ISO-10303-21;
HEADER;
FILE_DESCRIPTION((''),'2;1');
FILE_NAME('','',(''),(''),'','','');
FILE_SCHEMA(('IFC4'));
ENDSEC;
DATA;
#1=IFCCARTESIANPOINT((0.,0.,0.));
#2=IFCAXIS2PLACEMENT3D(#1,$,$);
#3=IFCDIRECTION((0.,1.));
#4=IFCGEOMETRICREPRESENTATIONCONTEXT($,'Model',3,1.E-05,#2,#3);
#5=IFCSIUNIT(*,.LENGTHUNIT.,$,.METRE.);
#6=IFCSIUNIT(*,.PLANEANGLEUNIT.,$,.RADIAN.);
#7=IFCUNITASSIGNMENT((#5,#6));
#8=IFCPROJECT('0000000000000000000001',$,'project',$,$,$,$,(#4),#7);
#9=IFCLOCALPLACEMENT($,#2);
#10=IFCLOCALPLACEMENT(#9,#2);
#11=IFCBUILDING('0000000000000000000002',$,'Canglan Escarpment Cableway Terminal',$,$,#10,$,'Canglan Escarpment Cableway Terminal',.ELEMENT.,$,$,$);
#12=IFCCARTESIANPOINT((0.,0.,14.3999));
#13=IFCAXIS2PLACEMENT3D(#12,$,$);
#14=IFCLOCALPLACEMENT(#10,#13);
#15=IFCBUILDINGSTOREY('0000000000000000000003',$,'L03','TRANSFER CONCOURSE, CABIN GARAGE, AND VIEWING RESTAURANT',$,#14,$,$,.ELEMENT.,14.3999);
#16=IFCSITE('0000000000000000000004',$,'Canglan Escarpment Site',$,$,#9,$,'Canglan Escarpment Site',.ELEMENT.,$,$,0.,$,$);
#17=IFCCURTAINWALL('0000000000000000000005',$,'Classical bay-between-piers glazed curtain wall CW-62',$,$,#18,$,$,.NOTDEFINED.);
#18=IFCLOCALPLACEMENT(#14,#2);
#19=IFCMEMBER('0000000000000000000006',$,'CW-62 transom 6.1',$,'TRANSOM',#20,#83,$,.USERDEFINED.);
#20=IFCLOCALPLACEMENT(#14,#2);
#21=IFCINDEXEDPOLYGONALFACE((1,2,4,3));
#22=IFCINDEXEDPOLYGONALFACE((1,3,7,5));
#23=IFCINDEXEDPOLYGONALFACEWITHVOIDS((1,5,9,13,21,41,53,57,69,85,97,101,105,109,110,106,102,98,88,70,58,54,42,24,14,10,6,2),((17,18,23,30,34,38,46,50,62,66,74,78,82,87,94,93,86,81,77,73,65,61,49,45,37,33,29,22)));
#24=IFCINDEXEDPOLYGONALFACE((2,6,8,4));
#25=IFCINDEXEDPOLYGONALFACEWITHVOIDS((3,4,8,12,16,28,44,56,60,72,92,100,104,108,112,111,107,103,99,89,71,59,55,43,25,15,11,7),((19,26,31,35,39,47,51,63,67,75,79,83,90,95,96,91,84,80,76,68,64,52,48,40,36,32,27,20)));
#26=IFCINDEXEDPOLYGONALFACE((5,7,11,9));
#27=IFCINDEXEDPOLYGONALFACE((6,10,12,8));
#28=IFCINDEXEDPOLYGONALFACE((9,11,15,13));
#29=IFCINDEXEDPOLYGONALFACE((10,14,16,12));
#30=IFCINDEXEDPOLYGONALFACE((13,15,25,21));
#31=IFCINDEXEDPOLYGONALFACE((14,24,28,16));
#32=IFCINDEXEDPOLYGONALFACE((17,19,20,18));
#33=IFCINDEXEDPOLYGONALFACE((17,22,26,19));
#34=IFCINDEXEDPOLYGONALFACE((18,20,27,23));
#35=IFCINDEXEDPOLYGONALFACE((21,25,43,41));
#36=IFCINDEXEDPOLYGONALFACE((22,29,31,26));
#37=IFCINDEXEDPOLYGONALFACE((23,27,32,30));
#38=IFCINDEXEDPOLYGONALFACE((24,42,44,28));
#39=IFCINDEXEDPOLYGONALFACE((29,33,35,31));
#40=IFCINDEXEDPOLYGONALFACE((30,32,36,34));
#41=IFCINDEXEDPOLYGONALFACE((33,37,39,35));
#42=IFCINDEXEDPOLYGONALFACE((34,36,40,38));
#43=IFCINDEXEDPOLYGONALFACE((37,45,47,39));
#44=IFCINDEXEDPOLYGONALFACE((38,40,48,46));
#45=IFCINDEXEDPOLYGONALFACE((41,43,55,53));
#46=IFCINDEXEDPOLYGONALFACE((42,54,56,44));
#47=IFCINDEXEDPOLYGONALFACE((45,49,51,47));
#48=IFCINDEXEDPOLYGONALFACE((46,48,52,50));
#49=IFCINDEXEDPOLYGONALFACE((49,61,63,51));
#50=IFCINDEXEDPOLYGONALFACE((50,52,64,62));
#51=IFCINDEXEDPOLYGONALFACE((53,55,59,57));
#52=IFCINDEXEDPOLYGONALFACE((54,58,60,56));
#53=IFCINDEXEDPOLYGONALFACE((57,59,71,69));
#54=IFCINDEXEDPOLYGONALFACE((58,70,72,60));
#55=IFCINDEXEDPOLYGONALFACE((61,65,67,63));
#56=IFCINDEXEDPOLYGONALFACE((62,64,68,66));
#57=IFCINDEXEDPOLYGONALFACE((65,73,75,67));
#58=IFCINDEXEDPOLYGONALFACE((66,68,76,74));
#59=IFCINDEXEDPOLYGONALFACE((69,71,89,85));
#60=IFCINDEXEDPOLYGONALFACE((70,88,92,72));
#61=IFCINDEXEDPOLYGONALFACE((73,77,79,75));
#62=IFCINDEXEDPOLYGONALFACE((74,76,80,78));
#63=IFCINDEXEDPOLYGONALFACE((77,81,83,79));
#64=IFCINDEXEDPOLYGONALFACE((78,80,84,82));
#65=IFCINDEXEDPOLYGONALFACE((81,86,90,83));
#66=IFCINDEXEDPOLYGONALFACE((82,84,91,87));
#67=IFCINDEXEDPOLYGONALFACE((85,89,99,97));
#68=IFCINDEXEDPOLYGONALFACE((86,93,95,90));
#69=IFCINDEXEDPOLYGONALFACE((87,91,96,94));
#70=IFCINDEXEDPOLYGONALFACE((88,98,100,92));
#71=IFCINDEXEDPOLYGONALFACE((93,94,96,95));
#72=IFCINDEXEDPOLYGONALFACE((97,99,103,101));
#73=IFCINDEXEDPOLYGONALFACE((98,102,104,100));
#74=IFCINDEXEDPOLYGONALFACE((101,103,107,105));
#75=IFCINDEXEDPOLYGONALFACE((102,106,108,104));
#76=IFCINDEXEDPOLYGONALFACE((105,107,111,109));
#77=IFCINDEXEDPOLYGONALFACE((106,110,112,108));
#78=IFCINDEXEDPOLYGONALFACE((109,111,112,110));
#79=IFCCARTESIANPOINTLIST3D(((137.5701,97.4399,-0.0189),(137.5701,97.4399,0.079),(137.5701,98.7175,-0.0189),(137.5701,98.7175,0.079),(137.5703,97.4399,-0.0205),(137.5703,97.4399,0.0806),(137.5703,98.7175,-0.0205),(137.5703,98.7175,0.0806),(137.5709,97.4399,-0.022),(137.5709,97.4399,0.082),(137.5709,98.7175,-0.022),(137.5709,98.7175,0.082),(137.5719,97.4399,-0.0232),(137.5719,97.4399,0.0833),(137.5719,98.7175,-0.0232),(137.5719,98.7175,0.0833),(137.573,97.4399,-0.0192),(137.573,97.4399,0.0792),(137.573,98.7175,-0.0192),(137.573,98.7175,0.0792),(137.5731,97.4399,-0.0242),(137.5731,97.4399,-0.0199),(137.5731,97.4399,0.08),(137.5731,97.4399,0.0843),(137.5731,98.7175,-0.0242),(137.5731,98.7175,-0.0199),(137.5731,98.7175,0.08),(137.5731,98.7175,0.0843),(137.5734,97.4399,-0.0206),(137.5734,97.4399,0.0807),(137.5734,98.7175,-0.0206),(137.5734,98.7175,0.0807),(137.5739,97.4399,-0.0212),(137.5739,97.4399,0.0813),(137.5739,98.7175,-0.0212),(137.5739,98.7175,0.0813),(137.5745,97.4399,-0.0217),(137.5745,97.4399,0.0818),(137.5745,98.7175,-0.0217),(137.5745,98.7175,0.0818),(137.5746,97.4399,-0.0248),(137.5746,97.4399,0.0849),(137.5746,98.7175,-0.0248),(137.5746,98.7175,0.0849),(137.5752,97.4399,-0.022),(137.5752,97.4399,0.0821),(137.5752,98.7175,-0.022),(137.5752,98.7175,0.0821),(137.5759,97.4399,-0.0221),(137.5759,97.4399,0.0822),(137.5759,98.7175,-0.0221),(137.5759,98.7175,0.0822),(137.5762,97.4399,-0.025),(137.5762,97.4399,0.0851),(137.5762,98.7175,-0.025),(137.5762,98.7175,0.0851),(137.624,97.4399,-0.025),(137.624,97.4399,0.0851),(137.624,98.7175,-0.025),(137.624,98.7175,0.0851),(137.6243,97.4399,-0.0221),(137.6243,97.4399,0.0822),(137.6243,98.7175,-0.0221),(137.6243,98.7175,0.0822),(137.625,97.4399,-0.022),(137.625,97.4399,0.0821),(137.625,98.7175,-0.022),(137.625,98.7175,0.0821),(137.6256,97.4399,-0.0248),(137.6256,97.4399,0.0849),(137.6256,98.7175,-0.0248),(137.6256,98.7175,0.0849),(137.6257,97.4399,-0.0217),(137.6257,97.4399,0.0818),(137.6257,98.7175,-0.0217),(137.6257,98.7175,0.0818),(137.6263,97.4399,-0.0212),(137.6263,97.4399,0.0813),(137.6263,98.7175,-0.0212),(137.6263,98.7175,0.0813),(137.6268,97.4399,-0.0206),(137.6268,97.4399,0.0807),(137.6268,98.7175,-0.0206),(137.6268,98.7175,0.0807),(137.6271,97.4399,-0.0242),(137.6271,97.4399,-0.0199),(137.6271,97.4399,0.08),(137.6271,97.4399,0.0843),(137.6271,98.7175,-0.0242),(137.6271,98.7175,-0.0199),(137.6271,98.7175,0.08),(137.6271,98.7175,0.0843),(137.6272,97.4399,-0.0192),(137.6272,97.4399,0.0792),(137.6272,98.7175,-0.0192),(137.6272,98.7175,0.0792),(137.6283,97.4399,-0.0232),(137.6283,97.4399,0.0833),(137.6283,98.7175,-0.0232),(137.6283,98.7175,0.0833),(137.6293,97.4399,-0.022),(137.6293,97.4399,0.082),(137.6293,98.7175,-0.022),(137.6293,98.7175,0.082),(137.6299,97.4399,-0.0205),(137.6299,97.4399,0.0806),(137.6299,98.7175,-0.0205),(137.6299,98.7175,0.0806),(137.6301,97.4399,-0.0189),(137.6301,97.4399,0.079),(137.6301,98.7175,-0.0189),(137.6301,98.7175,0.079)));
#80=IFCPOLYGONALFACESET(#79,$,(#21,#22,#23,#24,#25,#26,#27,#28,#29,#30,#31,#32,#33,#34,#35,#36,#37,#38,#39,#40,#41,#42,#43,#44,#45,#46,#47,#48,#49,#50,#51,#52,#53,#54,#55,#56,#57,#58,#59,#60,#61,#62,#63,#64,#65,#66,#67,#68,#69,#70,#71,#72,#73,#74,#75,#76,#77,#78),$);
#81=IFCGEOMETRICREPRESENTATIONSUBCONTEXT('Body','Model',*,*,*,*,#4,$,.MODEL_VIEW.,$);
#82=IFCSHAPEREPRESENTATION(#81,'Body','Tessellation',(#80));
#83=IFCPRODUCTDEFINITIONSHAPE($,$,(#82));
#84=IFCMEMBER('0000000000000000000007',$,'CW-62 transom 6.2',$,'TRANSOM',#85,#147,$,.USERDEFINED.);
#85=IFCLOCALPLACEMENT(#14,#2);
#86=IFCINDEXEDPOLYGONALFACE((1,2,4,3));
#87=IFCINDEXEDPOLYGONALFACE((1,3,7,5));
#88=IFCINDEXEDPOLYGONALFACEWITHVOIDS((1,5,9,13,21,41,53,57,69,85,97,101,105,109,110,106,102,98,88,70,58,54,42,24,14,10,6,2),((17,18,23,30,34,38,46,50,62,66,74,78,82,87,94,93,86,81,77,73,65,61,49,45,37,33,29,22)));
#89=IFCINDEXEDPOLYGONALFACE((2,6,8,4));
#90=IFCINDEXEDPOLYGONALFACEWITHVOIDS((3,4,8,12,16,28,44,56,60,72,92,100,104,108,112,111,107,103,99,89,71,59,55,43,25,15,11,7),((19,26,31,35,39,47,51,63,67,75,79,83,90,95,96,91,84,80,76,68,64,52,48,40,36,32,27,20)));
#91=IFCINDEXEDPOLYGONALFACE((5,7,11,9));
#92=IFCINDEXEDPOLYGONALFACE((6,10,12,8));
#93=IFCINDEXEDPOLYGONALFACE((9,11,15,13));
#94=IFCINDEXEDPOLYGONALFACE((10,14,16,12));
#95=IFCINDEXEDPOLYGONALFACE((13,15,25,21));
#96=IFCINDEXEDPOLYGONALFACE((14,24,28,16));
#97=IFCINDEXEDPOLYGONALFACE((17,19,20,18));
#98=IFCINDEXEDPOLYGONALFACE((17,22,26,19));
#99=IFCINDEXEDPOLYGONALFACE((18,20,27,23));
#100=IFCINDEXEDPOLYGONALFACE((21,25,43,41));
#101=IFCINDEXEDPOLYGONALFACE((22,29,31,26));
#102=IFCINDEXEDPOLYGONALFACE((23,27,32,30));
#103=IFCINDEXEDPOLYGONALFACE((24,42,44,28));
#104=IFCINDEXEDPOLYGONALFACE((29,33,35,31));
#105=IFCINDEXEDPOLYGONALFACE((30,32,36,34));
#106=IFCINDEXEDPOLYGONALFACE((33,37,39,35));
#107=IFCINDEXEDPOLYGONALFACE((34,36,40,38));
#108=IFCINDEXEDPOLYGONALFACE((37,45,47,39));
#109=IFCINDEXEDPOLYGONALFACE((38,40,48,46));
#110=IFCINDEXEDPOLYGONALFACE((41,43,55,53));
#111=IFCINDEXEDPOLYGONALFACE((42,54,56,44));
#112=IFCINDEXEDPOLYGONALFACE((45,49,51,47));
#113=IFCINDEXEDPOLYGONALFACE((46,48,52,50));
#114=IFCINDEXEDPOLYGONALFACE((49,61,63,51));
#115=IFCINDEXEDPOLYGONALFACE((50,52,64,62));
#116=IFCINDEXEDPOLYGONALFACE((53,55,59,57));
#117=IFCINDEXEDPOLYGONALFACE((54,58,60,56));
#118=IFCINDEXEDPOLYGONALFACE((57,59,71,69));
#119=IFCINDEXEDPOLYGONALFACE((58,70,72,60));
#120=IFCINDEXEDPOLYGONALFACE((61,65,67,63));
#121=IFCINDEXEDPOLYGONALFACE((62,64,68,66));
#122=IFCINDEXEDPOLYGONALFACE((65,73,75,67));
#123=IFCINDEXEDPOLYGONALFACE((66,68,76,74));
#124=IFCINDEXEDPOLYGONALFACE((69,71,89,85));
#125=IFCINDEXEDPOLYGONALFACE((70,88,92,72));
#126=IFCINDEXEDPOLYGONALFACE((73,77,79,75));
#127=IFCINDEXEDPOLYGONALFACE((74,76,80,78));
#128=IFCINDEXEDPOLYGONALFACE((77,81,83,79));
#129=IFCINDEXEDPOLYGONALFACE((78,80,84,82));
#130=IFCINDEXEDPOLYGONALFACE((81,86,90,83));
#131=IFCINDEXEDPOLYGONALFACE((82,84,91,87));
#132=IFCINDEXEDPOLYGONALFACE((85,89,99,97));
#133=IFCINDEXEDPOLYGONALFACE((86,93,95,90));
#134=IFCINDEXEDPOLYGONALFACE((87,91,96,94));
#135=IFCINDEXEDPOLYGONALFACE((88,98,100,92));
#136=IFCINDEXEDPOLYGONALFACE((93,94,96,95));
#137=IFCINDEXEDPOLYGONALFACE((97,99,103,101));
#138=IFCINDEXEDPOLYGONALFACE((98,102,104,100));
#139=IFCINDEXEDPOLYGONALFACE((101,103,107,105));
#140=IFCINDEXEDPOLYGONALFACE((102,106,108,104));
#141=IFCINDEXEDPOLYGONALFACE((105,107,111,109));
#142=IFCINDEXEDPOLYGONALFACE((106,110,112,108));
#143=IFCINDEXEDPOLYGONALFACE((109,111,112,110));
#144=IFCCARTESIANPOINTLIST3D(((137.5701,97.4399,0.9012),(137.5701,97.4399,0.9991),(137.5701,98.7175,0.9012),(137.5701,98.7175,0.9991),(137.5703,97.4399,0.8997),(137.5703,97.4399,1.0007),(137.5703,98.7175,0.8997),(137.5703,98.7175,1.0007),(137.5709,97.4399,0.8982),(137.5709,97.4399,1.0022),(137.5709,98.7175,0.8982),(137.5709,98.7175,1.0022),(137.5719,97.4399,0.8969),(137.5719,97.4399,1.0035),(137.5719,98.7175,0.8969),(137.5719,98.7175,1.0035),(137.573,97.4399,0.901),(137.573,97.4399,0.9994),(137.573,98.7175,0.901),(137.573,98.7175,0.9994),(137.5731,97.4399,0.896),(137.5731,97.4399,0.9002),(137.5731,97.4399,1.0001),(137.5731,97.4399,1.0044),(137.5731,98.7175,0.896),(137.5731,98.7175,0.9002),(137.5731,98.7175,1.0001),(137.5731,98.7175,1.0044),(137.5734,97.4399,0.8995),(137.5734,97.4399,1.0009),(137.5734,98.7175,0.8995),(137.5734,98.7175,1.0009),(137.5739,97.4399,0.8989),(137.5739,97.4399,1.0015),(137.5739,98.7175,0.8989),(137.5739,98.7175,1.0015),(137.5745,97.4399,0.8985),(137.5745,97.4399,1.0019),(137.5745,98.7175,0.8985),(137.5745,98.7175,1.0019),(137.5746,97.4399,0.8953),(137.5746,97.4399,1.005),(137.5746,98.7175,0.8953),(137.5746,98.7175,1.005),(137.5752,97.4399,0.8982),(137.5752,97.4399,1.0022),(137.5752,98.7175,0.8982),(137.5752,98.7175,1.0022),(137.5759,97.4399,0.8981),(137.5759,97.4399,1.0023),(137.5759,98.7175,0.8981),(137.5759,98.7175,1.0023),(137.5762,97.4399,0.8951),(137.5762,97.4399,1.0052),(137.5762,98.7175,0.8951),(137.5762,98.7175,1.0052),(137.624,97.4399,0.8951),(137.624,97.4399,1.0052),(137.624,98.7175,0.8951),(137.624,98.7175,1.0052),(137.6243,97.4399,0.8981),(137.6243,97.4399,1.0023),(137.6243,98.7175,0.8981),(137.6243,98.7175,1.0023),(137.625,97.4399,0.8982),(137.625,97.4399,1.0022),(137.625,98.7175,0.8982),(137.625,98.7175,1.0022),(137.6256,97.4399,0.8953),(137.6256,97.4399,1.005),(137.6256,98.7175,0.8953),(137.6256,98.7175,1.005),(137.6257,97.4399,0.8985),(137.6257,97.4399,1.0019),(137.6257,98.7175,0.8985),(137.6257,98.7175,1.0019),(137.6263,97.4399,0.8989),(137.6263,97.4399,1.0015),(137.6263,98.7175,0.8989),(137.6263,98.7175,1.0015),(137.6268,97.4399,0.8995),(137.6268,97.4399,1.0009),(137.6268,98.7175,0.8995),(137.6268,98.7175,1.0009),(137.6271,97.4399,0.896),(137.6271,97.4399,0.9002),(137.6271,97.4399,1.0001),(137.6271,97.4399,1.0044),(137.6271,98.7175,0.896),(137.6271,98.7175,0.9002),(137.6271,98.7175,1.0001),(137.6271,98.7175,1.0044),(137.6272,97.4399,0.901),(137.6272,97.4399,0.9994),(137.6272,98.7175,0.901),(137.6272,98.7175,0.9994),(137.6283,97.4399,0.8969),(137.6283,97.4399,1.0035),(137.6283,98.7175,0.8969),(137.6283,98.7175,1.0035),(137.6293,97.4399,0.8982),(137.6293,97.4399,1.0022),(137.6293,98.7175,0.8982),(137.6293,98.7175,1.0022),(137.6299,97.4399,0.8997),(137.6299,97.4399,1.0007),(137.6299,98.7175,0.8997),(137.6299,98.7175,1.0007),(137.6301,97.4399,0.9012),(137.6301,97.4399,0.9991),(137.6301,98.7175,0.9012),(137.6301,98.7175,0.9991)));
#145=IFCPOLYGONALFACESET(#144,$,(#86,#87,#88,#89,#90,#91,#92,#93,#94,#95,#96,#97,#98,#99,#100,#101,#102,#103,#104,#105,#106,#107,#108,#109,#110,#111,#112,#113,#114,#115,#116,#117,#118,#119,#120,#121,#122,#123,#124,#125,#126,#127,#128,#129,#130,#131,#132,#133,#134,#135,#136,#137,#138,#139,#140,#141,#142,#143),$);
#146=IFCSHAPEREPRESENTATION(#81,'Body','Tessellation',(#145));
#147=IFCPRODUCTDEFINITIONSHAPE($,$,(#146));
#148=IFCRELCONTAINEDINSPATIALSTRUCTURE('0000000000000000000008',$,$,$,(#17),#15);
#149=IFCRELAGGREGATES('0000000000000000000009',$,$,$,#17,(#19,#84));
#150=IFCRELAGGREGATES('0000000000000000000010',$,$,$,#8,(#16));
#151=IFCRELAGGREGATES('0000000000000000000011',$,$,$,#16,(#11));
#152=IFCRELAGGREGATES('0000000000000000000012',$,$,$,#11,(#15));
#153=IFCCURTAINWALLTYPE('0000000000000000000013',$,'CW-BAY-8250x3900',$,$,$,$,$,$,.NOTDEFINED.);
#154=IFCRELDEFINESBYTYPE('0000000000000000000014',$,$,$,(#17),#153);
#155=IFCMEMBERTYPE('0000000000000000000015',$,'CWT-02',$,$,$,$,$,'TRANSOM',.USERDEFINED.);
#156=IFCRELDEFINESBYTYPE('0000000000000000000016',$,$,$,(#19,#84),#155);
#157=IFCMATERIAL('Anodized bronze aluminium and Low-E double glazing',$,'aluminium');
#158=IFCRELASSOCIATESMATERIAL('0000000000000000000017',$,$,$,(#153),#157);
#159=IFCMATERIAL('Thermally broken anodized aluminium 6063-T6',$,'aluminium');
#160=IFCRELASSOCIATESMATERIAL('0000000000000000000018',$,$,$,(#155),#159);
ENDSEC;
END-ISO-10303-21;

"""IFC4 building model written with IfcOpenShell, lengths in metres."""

from ifc_helpers import new_model, si_unit, direction, frame, origin, origin_2d, place, context, subcontext, project, spatial, hollow_rectangle, extrude, material, material_profile, profile_set, type_object, element, aggregate, save


model = new_model("IFC4")

# Units and contexts
model_context = context("Model", 3, precision=1e-05, world=origin(), true_north=direction((0.0, 1.0)))
body_context = subcontext(model_context, "Body", "Model", "MODEL_VIEW")
ifc_project = project(units=[si_unit("LENGTHUNIT", "METRE"), si_unit("PLANEANGLEUNIT", "RADIAN")], contexts=[model_context])

# Site, building, storey
site_placement = place(None, origin())
site = spatial("IfcSite", under=ifc_project, at=site_placement, Name="Canglan Escarpment Site", LongName="Canglan Escarpment Site", CompositionType="ELEMENT", RefElevation=0.0)
building_placement = place(site_placement, origin())
building = spatial("IfcBuilding", under=site, at=building_placement, Name="Canglan Escarpment Cableway Terminal", LongName="Canglan Escarpment Cableway Terminal", CompositionType="ELEMENT")
storey_placement = place(building_placement, frame((0.0, 0.0, 14.3999)))
storey = spatial("IfcBuildingStorey", under=building, at=storey_placement, Name="L03", Description="TRANSFER CONCOURSE, CABIN GARAGE, AND VIEWING RESTAURANT", CompositionType="ELEMENT", Elevation=14.3999)

# Shared definitions
ifc_material_1 = material(Name="Anodized bronze aluminium and Low-E double glazing", Category="aluminium")
curtain_wall_type = type_object("IfcCurtainWallType", Name="CW-BAY-8250x3900", PredefinedType="NOTDEFINED", material=ifc_material_1)
ifc_material_2 = material(Name="Thermally broken anodized aluminium 6063-T6", Category="aluminium")

# Curtain wall
curtain_wall_1_placement = place(storey_placement, origin())
curtain_wall_1 = element("IfcCurtainWall", 1, at=curtain_wall_1_placement, inside=storey, type_object=curtain_wall_type, Name="Classical bay-between-piers glazed curtain wall CW-62", PredefinedType="NOTDEFINED")

# Members
ifc_material_profile_1 = material_profile(ifc_material_2, hollow_rectangle(XDim=0.0601, YDim=0.1101, WallThickness=0.0029, InnerFilletRadius=0.0029, OuterFilletRadius=0.0061, at=origin_2d()), Name="ALU-TRAN 60x110x3")
ifc_profile_set_1 = profile_set([ifc_material_profile_1], Name="Thermally broken anodized aluminium 6063-T6")
member_type_1 = type_object("IfcMemberType", Name="CWT-02", ElementType="TRANSOM", PredefinedType="USERDEFINED", material=ifc_profile_set_1)
member_1_placement = place(storey_placement, frame((137.6001, 98.7175, 0.03), z_axis=(0.0, -1.0, 0.0), x_axis=(1.0, 0.0, 0.0)))
member_1 = element("IfcMember", 2, at=member_1_placement, type_object=member_type_1, Name="CW-62 transom 6.1", ObjectType="TRANSOM", PredefinedType="USERDEFINED", context=body_context, shape_type="SweptSolid", body=[
    extrude(hollow_rectangle(XDim=0.0601, YDim=0.1101, WallThickness=0.0029, InnerFilletRadius=0.0029, OuterFilletRadius=0.0061, at=origin_2d()), origin(), (0.0, 0.0, 1.0), 1.2776),
])
member_2_placement = place(storey_placement, frame((137.6001, 98.7175, 0.9502), z_axis=(0.0, -1.0, 0.0), x_axis=(1.0, 0.0, 0.0)))
member_2 = element("IfcMember", 3, at=member_2_placement, type_object=member_type_1, Name="CW-62 transom 6.2", ObjectType="TRANSOM", PredefinedType="USERDEFINED", context=body_context, shape_type="SweptSolid", body=[
    extrude(hollow_rectangle(XDim=0.0601, YDim=0.1101, WallThickness=0.0029, InnerFilletRadius=0.0029, OuterFilletRadius=0.0061, at=origin_2d()), origin(), (0.0, 0.0, 1.0), 1.2776),
])

aggregate(curtain_wall_1, [member_1, member_2])

save(model, "model.ifc")
